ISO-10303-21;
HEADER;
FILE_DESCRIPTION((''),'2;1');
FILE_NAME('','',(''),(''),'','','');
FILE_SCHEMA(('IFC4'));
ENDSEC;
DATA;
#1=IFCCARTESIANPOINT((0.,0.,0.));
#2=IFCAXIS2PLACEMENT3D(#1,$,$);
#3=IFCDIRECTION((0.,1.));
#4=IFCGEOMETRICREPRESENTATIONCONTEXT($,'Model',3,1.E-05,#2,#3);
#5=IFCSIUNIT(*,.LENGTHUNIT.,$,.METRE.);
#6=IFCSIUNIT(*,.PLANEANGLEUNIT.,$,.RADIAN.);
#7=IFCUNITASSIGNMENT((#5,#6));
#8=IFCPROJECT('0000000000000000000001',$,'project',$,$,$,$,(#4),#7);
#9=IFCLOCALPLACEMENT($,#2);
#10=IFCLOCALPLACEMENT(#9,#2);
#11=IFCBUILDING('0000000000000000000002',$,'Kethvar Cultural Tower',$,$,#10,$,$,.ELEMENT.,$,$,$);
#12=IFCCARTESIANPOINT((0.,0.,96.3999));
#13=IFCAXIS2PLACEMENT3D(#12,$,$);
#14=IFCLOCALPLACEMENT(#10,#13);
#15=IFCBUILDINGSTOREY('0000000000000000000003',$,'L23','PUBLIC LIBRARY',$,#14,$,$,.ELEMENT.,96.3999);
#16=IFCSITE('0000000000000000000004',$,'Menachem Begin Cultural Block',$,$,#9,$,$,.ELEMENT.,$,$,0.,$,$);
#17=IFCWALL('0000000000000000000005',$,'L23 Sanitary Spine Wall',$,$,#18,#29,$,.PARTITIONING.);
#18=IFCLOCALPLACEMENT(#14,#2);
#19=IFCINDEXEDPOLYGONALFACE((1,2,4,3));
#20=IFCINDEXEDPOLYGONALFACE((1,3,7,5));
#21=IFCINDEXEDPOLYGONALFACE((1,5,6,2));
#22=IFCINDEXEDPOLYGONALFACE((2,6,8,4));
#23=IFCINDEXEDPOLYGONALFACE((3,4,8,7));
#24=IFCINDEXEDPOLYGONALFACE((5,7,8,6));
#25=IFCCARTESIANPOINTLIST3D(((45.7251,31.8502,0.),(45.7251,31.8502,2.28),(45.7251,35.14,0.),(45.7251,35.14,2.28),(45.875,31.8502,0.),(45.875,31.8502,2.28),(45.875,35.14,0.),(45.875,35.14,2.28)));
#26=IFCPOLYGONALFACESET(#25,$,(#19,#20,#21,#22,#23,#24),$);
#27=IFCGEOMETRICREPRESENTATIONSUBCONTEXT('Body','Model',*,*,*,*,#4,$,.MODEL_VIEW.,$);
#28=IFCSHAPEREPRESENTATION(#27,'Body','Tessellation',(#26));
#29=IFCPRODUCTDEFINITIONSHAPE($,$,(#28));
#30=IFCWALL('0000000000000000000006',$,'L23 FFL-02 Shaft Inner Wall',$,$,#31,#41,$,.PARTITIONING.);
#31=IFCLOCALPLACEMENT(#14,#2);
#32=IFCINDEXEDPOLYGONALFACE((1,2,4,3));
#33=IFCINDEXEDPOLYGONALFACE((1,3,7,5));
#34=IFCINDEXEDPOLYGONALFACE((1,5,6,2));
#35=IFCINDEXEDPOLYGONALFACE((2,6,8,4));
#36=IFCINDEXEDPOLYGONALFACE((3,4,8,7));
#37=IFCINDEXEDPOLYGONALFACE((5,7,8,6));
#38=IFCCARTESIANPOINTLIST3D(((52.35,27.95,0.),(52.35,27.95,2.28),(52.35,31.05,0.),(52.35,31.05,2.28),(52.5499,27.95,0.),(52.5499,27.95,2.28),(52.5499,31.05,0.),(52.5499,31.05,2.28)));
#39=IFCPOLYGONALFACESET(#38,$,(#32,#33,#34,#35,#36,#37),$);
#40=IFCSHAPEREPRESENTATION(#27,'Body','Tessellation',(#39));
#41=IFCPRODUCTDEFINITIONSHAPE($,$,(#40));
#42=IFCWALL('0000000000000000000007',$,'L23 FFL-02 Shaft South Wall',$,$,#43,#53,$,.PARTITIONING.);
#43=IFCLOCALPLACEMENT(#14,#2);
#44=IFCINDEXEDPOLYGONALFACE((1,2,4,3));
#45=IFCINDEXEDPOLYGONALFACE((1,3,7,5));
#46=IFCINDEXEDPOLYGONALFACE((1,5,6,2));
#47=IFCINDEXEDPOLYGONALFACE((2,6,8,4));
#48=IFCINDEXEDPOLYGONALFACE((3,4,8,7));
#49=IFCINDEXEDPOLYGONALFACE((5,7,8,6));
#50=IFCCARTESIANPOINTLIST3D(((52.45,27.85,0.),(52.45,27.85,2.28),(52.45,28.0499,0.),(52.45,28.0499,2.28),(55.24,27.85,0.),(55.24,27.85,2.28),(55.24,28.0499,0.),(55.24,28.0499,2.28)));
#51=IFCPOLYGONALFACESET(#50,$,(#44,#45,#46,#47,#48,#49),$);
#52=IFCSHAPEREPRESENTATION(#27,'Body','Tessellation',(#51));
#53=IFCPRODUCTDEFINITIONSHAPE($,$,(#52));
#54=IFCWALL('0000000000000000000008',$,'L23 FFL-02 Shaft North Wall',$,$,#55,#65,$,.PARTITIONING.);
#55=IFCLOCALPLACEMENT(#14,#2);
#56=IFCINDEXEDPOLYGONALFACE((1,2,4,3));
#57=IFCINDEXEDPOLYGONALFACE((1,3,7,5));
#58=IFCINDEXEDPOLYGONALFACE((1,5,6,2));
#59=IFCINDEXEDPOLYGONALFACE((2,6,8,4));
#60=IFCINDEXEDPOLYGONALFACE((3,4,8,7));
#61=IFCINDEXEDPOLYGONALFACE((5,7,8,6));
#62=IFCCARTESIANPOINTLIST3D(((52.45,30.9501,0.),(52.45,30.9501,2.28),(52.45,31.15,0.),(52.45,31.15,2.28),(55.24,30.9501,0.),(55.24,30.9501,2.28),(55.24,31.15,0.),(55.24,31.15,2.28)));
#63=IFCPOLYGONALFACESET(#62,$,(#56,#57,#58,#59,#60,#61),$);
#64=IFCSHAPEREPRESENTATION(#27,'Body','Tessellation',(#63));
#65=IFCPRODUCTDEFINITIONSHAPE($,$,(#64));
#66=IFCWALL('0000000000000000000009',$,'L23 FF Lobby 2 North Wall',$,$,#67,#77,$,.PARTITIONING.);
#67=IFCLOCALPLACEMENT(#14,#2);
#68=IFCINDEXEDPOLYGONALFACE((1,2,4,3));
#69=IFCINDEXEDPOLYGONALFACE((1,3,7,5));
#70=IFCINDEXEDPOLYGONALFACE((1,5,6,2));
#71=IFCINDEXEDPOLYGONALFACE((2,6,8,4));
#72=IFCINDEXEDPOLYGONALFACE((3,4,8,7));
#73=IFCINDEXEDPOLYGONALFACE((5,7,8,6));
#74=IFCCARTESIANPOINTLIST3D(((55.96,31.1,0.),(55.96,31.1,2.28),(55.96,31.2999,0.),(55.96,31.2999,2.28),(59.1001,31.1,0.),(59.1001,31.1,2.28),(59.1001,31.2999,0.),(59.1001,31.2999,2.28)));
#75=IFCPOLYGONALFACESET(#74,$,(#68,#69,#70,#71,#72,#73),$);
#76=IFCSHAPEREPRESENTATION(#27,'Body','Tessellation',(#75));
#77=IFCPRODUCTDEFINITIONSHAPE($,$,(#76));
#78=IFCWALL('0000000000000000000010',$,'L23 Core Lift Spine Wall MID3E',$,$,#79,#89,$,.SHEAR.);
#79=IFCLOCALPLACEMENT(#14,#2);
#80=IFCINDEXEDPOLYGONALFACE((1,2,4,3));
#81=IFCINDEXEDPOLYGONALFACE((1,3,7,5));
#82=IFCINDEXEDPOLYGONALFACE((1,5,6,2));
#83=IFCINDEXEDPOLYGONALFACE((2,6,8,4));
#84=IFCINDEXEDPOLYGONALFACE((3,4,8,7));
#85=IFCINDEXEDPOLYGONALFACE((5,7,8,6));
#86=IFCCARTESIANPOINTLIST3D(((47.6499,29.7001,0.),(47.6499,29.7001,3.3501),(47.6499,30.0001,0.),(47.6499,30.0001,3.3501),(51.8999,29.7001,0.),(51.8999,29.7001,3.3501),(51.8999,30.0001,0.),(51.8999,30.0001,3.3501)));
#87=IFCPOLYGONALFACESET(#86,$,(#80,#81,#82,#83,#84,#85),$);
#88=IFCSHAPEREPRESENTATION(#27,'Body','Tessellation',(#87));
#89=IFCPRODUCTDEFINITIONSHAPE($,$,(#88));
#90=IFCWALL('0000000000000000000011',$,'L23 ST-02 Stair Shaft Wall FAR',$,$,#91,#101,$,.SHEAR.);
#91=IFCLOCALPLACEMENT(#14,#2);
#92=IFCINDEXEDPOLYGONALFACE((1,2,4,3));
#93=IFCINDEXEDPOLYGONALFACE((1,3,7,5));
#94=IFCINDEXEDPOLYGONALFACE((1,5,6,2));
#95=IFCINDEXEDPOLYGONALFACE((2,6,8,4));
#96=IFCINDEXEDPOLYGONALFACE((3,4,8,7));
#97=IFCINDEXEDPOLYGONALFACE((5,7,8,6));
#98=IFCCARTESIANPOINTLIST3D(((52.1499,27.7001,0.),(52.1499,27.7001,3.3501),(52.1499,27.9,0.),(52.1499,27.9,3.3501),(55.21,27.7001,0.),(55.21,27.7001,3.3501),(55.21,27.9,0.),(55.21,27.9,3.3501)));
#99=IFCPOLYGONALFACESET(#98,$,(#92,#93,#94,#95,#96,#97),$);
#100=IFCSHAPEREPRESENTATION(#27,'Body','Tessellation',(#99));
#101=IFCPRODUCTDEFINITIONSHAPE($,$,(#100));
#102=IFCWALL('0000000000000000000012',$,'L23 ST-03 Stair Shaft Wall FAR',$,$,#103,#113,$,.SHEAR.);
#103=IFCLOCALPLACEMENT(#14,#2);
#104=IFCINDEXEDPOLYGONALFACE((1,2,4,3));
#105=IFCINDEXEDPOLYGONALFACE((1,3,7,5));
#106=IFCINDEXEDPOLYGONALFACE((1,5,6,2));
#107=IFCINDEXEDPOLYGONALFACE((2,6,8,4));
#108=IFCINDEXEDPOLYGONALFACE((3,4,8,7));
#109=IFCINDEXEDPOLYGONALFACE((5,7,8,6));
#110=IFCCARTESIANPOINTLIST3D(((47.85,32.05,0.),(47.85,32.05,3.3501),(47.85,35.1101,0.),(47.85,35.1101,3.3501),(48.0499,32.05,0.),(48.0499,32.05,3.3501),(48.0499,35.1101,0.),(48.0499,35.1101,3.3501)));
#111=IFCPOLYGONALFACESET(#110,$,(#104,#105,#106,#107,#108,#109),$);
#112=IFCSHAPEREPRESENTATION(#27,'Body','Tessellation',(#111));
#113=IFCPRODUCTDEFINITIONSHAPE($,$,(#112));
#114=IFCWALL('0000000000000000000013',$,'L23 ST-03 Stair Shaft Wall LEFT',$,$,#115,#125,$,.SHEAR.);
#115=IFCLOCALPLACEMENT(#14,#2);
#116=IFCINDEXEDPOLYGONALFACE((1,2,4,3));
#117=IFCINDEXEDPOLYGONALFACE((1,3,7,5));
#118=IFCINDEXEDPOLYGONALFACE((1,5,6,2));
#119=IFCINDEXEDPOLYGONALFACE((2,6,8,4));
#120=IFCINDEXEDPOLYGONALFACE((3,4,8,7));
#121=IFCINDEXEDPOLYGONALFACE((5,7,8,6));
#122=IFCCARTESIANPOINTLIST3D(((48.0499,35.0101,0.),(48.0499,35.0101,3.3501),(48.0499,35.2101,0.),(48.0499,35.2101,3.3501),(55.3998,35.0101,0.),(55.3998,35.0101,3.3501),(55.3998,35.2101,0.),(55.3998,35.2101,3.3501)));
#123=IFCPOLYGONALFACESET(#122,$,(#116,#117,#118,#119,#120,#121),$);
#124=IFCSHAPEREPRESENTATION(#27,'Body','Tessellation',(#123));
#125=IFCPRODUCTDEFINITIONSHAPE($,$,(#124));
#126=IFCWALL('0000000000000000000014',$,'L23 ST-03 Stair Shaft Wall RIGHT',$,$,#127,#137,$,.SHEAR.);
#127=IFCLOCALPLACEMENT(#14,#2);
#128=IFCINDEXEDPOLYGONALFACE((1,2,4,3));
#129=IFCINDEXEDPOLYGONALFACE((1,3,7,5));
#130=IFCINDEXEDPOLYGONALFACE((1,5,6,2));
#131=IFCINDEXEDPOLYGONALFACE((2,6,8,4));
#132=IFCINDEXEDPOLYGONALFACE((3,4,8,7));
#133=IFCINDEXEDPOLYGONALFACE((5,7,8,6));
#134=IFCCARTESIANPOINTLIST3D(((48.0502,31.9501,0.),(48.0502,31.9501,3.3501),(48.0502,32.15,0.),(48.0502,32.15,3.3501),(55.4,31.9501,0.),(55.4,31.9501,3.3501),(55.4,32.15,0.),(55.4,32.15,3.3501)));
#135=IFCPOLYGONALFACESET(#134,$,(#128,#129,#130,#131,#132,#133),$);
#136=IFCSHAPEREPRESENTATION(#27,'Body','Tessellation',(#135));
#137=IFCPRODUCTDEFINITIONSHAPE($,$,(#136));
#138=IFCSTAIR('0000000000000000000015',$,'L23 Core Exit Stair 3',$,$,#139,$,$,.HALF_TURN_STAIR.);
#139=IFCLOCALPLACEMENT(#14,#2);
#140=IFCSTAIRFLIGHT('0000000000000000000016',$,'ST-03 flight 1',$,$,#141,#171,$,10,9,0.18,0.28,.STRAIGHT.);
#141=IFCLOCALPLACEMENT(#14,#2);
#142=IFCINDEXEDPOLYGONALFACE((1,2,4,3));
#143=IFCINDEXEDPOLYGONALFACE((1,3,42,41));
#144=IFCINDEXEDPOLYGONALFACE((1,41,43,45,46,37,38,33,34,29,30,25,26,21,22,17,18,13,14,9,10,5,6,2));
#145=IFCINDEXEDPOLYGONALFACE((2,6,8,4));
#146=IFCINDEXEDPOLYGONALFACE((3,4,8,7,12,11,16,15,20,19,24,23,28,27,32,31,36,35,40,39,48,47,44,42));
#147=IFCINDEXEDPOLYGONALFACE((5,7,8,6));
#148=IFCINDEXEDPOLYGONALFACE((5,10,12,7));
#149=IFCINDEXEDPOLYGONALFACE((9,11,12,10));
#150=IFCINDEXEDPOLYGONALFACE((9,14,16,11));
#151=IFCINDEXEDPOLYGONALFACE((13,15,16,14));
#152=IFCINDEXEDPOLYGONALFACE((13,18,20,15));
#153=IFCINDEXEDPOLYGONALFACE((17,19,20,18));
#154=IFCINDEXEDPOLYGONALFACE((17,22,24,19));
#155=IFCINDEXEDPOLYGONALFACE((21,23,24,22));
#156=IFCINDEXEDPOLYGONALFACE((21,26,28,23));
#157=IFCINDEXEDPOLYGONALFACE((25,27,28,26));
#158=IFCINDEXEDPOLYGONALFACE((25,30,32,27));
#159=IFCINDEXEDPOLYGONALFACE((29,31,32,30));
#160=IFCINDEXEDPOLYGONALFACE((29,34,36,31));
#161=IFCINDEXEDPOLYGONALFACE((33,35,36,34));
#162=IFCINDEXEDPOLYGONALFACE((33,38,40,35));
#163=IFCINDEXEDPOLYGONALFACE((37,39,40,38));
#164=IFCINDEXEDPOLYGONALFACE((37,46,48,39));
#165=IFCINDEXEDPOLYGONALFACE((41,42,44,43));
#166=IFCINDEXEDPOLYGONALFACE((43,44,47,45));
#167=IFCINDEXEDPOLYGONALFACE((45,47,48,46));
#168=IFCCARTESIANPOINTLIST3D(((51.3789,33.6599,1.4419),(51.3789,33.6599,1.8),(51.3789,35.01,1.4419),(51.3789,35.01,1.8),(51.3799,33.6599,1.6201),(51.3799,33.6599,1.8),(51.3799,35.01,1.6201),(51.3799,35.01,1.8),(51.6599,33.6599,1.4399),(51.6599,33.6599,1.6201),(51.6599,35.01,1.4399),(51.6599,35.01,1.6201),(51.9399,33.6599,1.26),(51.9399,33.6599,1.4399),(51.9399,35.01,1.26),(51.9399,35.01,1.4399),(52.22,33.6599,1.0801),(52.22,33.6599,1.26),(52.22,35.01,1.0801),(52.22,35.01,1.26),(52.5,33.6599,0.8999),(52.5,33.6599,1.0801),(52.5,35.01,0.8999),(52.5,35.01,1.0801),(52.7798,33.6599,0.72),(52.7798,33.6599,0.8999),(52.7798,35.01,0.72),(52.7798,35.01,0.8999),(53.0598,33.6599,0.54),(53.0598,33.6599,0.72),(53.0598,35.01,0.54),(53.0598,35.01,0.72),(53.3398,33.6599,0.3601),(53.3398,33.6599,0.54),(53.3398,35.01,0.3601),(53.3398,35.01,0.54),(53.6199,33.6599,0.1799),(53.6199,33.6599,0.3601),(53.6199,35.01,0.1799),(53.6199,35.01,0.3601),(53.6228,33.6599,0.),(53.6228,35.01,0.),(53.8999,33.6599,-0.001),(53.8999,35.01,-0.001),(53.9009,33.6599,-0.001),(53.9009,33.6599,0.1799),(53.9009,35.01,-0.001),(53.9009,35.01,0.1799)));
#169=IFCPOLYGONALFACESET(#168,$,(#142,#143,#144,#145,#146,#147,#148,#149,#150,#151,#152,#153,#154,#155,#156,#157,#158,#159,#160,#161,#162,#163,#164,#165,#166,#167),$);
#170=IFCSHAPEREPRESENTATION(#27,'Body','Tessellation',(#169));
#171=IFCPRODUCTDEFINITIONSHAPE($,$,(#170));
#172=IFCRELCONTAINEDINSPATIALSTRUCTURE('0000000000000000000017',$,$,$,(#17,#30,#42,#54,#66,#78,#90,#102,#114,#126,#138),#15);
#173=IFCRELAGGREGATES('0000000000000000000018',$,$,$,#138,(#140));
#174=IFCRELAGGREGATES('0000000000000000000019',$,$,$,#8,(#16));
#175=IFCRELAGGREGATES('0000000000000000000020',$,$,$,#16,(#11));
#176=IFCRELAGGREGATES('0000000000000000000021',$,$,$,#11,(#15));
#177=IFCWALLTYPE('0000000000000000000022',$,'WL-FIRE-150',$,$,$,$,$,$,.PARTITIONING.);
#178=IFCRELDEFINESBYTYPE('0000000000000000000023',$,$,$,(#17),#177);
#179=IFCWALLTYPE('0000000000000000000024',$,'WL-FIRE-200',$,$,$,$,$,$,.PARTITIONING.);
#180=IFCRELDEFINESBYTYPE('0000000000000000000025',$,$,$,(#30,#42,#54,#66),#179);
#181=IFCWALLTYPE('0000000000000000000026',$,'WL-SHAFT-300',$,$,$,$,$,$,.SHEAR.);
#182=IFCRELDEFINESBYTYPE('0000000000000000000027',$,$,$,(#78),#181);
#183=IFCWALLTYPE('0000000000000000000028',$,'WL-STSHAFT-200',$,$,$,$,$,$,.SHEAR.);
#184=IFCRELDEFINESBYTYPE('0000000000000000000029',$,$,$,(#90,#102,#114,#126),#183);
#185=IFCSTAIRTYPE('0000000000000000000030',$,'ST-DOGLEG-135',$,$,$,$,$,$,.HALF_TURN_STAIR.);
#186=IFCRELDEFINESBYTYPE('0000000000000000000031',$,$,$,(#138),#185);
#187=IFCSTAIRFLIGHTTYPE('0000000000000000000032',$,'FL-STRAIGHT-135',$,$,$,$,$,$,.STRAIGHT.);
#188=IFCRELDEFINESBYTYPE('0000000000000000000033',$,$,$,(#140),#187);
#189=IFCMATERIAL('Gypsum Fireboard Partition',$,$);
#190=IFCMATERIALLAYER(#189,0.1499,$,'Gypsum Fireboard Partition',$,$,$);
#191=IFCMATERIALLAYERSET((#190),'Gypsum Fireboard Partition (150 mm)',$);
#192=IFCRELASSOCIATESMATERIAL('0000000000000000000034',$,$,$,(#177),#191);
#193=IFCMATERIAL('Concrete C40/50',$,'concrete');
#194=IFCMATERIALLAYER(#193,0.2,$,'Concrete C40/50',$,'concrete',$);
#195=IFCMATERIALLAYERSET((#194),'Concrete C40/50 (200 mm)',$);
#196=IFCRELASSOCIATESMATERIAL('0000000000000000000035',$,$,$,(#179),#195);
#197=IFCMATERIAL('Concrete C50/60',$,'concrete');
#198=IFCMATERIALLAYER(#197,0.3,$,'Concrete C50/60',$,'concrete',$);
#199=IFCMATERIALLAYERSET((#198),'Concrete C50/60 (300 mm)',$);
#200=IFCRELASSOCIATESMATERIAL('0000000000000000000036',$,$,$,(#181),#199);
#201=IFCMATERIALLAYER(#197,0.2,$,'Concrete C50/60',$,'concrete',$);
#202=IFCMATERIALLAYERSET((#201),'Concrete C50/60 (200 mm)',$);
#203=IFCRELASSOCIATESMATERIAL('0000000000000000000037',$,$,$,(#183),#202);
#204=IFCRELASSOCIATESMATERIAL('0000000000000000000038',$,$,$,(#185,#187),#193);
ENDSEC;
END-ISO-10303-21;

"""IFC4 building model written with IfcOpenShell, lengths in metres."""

from ifc_helpers import new_model, si_unit, direction, frame, frame_2d, origin, place, context, subcontext, project, spatial, polyline, rectangle, outline, extrude, material, layer, layer_set, type_object, element, aggregate, save


model = new_model("IFC4")

# Units and contexts
model_context = context("Model", 3, precision=1e-05, world=origin(), true_north=direction((0.0, 1.0)))
body_context = subcontext(model_context, "Body", "Model", "MODEL_VIEW")
ifc_project = project(units=[si_unit("LENGTHUNIT", "METRE"), si_unit("PLANEANGLEUNIT", "RADIAN")], contexts=[model_context])

# Site, building, storey
site_placement = place(None, origin())
site = spatial("IfcSite", under=ifc_project, at=site_placement, Name="Menachem Begin Cultural Block", CompositionType="ELEMENT", RefElevation=0.0)
building_placement = place(site_placement, origin())
building = spatial("IfcBuilding", under=site, at=building_placement, Name="Kethvar Cultural Tower", CompositionType="ELEMENT")
storey_placement = place(building_placement, frame((0.0, 0.0, 96.3999)))
storey = spatial("IfcBuildingStorey", under=building, at=storey_placement, Name="L23", Description="PUBLIC LIBRARY", CompositionType="ELEMENT", Elevation=96.3999)

# Walls
ifc_material_1 = material(Name="Gypsum Fireboard Partition")
ifc_layer_1 = layer(ifc_material_1, 0.1499, Name="Gypsum Fireboard Partition")
ifc_layer_set_1 = layer_set([ifc_layer_1], Name="Gypsum Fireboard Partition (150 mm)")
wall_type_1 = type_object("IfcWallType", Name="WL-FIRE-150", PredefinedType="PARTITIONING", material=ifc_layer_set_1)
wall_1_placement = place(storey_placement, frame((45.8, 31.8501, 0.0), z_axis=(0.0, 0.0, 1.0), x_axis=(0.0, 1.0, 0.0)))
element("IfcWall", 1, at=wall_1_placement, inside=storey, type_object=wall_type_1, Name="L23 Sanitary Spine Wall", PredefinedType="PARTITIONING", context=body_context, shape_type="SweptSolid", body=[
    extrude(rectangle(XDim=3.2898, YDim=0.1499, at=frame_2d((1.645, 0.0))), origin(), (0.0, 0.0, 1.0), 2.28),
])
ifc_material_2 = material(Name="Concrete C40/50", Category="concrete")
ifc_layer_2 = layer(ifc_material_2, 0.2, Name="Concrete C40/50", Category="concrete")
ifc_layer_set_2 = layer_set([ifc_layer_2], Name="Concrete C40/50 (200 mm)")
wall_type_2 = type_object("IfcWallType", Name="WL-FIRE-200", PredefinedType="PARTITIONING", material=ifc_layer_set_2)
wall_2_placement = place(storey_placement, frame((52.45, 27.95, 0.0), z_axis=(0.0, 0.0, 1.0), x_axis=(0.0, 1.0, 0.0)))
element("IfcWall", 2, at=wall_2_placement, inside=storey, type_object=wall_type_2, Name="L23 FFL-02 Shaft Inner Wall", PredefinedType="PARTITIONING", context=body_context, shape_type="SweptSolid", body=[
    extrude(rectangle(XDim=3.1001, YDim=0.2, at=frame_2d((1.55, 0.0))), origin(), (0.0, 0.0, 1.0), 2.28),
])
for number, where, z_axis, x_axis, name in (
    (3, (52.45, 27.95, 0.0), (0.0, 0.0, 1.0), (1.0, 0.0, 0.0), "L23 FFL-02 Shaft South Wall"),
    (4, (52.45, 31.05, 0.0), (0.0, 0.0, 1.0), (1.0, 0.0, 0.0), "L23 FFL-02 Shaft North Wall"),
):
    element("IfcWall", number, at=place(storey_placement, frame(where, z_axis=z_axis, x_axis=x_axis)), inside=storey, type_object=wall_type_2, Name=name, PredefinedType="PARTITIONING", context=body_context, shape_type="SweptSolid", body=[
        extrude(rectangle(XDim=2.79, YDim=0.2, at=frame_2d((1.395, 0.0))), origin(), (0.0, 0.0, 1.0), 2.28),
    ])
wall_3_placement = place(storey_placement, frame((55.96, 31.2, 0.0), z_axis=(0.0, 0.0, 1.0), x_axis=(1.0, 0.0, 0.0)))
element("IfcWall", 5, at=wall_3_placement, inside=storey, type_object=wall_type_2, Name="L23 FF Lobby 2 North Wall", PredefinedType="PARTITIONING", context=body_context, shape_type="SweptSolid", body=[
    extrude(rectangle(XDim=3.1401, YDim=0.2, at=frame_2d((1.5701, 0.0))), origin(), (0.0, 0.0, 1.0), 2.28),
])
ifc_material_3 = material(Name="Concrete C50/60", Category="concrete")
ifc_layer_3 = layer(ifc_material_3, 0.3, Name="Concrete C50/60", Category="concrete")
ifc_layer_set_3 = layer_set([ifc_layer_3], Name="Concrete C50/60 (300 mm)")
wall_type_3 = type_object("IfcWallType", Name="WL-SHAFT-300", PredefinedType="SHEAR", material=ifc_layer_set_3)
wall_4_placement = place(storey_placement, frame((47.6499, 29.8501, 0.0), z_axis=(0.0, 0.0, 1.0), x_axis=(1.0, 0.0, 0.0)))
element("IfcWall", 6, at=wall_4_placement, inside=storey, type_object=wall_type_3, Name="L23 Core Lift Spine Wall MID3E", PredefinedType="SHEAR", context=body_context, shape_type="SweptSolid", body=[
    extrude(rectangle(XDim=4.25, YDim=0.3, at=frame_2d((2.125, 0.0))), origin(), (0.0, 0.0, 1.0), 3.3501),
])
ifc_layer_4 = layer(ifc_material_3, 0.2, Name="Concrete C50/60", Category="concrete")
ifc_layer_set_4 = layer_set([ifc_layer_4], Name="Concrete C50/60 (200 mm)")
wall_type_4 = type_object("IfcWallType", Name="WL-STSHAFT-200", PredefinedType="SHEAR", material=ifc_layer_set_4)
for number, where, z_axis, x_axis, name in (
    (7, (52.1499, 27.8, 0.0), (0.0, 0.0, 1.0), (1.0, 0.0, 0.0), "L23 ST-02 Stair Shaft Wall FAR"),
    (8, (47.95, 32.05, 0.0), (0.0, 0.0, 1.0), (0.0, 1.0, 0.0), "L23 ST-03 Stair Shaft Wall FAR"),
):
    element("IfcWall", number, at=place(storey_placement, frame(where, z_axis=z_axis, x_axis=x_axis)), inside=storey, type_object=wall_type_4, Name=name, PredefinedType="SHEAR", context=body_context, shape_type="SweptSolid", body=[
        extrude(rectangle(XDim=3.0601, YDim=0.2, at=frame_2d((1.53, 0.0))), origin(), (0.0, 0.0, 1.0), 3.3501),
    ])
for number, where, z_axis, x_axis, name in (
    (9, (48.05, 35.1101, 0.0), (0.0, 0.0, 1.0), (1.0, 0.0, 0.0), "L23 ST-03 Stair Shaft Wall LEFT"),
    (10, (55.3999, 32.05, 0.0), (0.0, 0.0, 1.0), (-1.0, 0.0, 0.0), "L23 ST-03 Stair Shaft Wall RIGHT"),
):
    element("IfcWall", number, at=place(storey_placement, frame(where, z_axis=z_axis, x_axis=x_axis)), inside=storey, type_object=wall_type_4, Name=name, PredefinedType="SHEAR", context=body_context, shape_type="SweptSolid", body=[
        extrude(rectangle(XDim=7.3499, YDim=0.2, at=frame_2d((3.6748, 0.0))), origin(), (0.0, 0.0, 1.0), 3.3501),
    ])

# Stair, stair flight
stair_type = type_object("IfcStairType", Name="ST-DOGLEG-135", PredefinedType="HALF_TURN_STAIR", material=ifc_material_2)
stair_placement = place(storey_placement, origin())
stair = element("IfcStair", 11, at=stair_placement, inside=storey, type_object=stair_type, Name="L23 Core Exit Stair 3", PredefinedType="HALF_TURN_STAIR")
stair_flight_type = type_object("IfcStairFlightType", Name="FL-STRAIGHT-135", PredefinedType="STRAIGHT", material=ifc_material_2)
stair_flight_1_placement = place(storey_placement, frame((53.8999, 34.335, 0.0), z_axis=(0.0, 0.0, 1.0), x_axis=(-1.0, 0.0, 0.0)))
stair_flight_1 = element("IfcStairFlight", 12, at=stair_flight_1_placement, type_object=stair_flight_type, Name="ST-03 flight 1", NumberOfRisers=10, NumberOfTreads=9, PredefinedType="STRAIGHT", RiserHeight=0.18, TreadLength=0.28, context=body_context, shape_type="SweptSolid", body=[
    extrude(outline(polyline([(-0.001, -0.001), (-0.001, 0.1799), (0.28, 0.1799), (0.28, 0.3601), (0.5601, 0.3601), (0.5601, 0.54), (0.8401, 0.54), (0.8401, 0.72), (1.1201, 0.72), (1.1201, 0.8999), (1.3999, 0.8999), (1.3999, 1.0801), (1.6799, 1.0801), (1.6799, 1.26), (1.96, 1.26), (1.96, 1.4399), (2.24, 1.4399), (2.24, 1.6201), (2.52, 1.6201), (2.52, 1.8), (2.521, 1.8), (2.521, 1.4419), (0.2771, 0.0), (0.0, -0.001), (-0.001, -0.001)])), frame((0.0, 0.675, 0.0), z_axis=(0.0, -1.0, 0.0), x_axis=(1.0, 0.0, 0.0)), (0.0, 0.0, 1.0), 1.3501),
])
aggregate(stair, [stair_flight_1])

save(model, "model.ifc")
